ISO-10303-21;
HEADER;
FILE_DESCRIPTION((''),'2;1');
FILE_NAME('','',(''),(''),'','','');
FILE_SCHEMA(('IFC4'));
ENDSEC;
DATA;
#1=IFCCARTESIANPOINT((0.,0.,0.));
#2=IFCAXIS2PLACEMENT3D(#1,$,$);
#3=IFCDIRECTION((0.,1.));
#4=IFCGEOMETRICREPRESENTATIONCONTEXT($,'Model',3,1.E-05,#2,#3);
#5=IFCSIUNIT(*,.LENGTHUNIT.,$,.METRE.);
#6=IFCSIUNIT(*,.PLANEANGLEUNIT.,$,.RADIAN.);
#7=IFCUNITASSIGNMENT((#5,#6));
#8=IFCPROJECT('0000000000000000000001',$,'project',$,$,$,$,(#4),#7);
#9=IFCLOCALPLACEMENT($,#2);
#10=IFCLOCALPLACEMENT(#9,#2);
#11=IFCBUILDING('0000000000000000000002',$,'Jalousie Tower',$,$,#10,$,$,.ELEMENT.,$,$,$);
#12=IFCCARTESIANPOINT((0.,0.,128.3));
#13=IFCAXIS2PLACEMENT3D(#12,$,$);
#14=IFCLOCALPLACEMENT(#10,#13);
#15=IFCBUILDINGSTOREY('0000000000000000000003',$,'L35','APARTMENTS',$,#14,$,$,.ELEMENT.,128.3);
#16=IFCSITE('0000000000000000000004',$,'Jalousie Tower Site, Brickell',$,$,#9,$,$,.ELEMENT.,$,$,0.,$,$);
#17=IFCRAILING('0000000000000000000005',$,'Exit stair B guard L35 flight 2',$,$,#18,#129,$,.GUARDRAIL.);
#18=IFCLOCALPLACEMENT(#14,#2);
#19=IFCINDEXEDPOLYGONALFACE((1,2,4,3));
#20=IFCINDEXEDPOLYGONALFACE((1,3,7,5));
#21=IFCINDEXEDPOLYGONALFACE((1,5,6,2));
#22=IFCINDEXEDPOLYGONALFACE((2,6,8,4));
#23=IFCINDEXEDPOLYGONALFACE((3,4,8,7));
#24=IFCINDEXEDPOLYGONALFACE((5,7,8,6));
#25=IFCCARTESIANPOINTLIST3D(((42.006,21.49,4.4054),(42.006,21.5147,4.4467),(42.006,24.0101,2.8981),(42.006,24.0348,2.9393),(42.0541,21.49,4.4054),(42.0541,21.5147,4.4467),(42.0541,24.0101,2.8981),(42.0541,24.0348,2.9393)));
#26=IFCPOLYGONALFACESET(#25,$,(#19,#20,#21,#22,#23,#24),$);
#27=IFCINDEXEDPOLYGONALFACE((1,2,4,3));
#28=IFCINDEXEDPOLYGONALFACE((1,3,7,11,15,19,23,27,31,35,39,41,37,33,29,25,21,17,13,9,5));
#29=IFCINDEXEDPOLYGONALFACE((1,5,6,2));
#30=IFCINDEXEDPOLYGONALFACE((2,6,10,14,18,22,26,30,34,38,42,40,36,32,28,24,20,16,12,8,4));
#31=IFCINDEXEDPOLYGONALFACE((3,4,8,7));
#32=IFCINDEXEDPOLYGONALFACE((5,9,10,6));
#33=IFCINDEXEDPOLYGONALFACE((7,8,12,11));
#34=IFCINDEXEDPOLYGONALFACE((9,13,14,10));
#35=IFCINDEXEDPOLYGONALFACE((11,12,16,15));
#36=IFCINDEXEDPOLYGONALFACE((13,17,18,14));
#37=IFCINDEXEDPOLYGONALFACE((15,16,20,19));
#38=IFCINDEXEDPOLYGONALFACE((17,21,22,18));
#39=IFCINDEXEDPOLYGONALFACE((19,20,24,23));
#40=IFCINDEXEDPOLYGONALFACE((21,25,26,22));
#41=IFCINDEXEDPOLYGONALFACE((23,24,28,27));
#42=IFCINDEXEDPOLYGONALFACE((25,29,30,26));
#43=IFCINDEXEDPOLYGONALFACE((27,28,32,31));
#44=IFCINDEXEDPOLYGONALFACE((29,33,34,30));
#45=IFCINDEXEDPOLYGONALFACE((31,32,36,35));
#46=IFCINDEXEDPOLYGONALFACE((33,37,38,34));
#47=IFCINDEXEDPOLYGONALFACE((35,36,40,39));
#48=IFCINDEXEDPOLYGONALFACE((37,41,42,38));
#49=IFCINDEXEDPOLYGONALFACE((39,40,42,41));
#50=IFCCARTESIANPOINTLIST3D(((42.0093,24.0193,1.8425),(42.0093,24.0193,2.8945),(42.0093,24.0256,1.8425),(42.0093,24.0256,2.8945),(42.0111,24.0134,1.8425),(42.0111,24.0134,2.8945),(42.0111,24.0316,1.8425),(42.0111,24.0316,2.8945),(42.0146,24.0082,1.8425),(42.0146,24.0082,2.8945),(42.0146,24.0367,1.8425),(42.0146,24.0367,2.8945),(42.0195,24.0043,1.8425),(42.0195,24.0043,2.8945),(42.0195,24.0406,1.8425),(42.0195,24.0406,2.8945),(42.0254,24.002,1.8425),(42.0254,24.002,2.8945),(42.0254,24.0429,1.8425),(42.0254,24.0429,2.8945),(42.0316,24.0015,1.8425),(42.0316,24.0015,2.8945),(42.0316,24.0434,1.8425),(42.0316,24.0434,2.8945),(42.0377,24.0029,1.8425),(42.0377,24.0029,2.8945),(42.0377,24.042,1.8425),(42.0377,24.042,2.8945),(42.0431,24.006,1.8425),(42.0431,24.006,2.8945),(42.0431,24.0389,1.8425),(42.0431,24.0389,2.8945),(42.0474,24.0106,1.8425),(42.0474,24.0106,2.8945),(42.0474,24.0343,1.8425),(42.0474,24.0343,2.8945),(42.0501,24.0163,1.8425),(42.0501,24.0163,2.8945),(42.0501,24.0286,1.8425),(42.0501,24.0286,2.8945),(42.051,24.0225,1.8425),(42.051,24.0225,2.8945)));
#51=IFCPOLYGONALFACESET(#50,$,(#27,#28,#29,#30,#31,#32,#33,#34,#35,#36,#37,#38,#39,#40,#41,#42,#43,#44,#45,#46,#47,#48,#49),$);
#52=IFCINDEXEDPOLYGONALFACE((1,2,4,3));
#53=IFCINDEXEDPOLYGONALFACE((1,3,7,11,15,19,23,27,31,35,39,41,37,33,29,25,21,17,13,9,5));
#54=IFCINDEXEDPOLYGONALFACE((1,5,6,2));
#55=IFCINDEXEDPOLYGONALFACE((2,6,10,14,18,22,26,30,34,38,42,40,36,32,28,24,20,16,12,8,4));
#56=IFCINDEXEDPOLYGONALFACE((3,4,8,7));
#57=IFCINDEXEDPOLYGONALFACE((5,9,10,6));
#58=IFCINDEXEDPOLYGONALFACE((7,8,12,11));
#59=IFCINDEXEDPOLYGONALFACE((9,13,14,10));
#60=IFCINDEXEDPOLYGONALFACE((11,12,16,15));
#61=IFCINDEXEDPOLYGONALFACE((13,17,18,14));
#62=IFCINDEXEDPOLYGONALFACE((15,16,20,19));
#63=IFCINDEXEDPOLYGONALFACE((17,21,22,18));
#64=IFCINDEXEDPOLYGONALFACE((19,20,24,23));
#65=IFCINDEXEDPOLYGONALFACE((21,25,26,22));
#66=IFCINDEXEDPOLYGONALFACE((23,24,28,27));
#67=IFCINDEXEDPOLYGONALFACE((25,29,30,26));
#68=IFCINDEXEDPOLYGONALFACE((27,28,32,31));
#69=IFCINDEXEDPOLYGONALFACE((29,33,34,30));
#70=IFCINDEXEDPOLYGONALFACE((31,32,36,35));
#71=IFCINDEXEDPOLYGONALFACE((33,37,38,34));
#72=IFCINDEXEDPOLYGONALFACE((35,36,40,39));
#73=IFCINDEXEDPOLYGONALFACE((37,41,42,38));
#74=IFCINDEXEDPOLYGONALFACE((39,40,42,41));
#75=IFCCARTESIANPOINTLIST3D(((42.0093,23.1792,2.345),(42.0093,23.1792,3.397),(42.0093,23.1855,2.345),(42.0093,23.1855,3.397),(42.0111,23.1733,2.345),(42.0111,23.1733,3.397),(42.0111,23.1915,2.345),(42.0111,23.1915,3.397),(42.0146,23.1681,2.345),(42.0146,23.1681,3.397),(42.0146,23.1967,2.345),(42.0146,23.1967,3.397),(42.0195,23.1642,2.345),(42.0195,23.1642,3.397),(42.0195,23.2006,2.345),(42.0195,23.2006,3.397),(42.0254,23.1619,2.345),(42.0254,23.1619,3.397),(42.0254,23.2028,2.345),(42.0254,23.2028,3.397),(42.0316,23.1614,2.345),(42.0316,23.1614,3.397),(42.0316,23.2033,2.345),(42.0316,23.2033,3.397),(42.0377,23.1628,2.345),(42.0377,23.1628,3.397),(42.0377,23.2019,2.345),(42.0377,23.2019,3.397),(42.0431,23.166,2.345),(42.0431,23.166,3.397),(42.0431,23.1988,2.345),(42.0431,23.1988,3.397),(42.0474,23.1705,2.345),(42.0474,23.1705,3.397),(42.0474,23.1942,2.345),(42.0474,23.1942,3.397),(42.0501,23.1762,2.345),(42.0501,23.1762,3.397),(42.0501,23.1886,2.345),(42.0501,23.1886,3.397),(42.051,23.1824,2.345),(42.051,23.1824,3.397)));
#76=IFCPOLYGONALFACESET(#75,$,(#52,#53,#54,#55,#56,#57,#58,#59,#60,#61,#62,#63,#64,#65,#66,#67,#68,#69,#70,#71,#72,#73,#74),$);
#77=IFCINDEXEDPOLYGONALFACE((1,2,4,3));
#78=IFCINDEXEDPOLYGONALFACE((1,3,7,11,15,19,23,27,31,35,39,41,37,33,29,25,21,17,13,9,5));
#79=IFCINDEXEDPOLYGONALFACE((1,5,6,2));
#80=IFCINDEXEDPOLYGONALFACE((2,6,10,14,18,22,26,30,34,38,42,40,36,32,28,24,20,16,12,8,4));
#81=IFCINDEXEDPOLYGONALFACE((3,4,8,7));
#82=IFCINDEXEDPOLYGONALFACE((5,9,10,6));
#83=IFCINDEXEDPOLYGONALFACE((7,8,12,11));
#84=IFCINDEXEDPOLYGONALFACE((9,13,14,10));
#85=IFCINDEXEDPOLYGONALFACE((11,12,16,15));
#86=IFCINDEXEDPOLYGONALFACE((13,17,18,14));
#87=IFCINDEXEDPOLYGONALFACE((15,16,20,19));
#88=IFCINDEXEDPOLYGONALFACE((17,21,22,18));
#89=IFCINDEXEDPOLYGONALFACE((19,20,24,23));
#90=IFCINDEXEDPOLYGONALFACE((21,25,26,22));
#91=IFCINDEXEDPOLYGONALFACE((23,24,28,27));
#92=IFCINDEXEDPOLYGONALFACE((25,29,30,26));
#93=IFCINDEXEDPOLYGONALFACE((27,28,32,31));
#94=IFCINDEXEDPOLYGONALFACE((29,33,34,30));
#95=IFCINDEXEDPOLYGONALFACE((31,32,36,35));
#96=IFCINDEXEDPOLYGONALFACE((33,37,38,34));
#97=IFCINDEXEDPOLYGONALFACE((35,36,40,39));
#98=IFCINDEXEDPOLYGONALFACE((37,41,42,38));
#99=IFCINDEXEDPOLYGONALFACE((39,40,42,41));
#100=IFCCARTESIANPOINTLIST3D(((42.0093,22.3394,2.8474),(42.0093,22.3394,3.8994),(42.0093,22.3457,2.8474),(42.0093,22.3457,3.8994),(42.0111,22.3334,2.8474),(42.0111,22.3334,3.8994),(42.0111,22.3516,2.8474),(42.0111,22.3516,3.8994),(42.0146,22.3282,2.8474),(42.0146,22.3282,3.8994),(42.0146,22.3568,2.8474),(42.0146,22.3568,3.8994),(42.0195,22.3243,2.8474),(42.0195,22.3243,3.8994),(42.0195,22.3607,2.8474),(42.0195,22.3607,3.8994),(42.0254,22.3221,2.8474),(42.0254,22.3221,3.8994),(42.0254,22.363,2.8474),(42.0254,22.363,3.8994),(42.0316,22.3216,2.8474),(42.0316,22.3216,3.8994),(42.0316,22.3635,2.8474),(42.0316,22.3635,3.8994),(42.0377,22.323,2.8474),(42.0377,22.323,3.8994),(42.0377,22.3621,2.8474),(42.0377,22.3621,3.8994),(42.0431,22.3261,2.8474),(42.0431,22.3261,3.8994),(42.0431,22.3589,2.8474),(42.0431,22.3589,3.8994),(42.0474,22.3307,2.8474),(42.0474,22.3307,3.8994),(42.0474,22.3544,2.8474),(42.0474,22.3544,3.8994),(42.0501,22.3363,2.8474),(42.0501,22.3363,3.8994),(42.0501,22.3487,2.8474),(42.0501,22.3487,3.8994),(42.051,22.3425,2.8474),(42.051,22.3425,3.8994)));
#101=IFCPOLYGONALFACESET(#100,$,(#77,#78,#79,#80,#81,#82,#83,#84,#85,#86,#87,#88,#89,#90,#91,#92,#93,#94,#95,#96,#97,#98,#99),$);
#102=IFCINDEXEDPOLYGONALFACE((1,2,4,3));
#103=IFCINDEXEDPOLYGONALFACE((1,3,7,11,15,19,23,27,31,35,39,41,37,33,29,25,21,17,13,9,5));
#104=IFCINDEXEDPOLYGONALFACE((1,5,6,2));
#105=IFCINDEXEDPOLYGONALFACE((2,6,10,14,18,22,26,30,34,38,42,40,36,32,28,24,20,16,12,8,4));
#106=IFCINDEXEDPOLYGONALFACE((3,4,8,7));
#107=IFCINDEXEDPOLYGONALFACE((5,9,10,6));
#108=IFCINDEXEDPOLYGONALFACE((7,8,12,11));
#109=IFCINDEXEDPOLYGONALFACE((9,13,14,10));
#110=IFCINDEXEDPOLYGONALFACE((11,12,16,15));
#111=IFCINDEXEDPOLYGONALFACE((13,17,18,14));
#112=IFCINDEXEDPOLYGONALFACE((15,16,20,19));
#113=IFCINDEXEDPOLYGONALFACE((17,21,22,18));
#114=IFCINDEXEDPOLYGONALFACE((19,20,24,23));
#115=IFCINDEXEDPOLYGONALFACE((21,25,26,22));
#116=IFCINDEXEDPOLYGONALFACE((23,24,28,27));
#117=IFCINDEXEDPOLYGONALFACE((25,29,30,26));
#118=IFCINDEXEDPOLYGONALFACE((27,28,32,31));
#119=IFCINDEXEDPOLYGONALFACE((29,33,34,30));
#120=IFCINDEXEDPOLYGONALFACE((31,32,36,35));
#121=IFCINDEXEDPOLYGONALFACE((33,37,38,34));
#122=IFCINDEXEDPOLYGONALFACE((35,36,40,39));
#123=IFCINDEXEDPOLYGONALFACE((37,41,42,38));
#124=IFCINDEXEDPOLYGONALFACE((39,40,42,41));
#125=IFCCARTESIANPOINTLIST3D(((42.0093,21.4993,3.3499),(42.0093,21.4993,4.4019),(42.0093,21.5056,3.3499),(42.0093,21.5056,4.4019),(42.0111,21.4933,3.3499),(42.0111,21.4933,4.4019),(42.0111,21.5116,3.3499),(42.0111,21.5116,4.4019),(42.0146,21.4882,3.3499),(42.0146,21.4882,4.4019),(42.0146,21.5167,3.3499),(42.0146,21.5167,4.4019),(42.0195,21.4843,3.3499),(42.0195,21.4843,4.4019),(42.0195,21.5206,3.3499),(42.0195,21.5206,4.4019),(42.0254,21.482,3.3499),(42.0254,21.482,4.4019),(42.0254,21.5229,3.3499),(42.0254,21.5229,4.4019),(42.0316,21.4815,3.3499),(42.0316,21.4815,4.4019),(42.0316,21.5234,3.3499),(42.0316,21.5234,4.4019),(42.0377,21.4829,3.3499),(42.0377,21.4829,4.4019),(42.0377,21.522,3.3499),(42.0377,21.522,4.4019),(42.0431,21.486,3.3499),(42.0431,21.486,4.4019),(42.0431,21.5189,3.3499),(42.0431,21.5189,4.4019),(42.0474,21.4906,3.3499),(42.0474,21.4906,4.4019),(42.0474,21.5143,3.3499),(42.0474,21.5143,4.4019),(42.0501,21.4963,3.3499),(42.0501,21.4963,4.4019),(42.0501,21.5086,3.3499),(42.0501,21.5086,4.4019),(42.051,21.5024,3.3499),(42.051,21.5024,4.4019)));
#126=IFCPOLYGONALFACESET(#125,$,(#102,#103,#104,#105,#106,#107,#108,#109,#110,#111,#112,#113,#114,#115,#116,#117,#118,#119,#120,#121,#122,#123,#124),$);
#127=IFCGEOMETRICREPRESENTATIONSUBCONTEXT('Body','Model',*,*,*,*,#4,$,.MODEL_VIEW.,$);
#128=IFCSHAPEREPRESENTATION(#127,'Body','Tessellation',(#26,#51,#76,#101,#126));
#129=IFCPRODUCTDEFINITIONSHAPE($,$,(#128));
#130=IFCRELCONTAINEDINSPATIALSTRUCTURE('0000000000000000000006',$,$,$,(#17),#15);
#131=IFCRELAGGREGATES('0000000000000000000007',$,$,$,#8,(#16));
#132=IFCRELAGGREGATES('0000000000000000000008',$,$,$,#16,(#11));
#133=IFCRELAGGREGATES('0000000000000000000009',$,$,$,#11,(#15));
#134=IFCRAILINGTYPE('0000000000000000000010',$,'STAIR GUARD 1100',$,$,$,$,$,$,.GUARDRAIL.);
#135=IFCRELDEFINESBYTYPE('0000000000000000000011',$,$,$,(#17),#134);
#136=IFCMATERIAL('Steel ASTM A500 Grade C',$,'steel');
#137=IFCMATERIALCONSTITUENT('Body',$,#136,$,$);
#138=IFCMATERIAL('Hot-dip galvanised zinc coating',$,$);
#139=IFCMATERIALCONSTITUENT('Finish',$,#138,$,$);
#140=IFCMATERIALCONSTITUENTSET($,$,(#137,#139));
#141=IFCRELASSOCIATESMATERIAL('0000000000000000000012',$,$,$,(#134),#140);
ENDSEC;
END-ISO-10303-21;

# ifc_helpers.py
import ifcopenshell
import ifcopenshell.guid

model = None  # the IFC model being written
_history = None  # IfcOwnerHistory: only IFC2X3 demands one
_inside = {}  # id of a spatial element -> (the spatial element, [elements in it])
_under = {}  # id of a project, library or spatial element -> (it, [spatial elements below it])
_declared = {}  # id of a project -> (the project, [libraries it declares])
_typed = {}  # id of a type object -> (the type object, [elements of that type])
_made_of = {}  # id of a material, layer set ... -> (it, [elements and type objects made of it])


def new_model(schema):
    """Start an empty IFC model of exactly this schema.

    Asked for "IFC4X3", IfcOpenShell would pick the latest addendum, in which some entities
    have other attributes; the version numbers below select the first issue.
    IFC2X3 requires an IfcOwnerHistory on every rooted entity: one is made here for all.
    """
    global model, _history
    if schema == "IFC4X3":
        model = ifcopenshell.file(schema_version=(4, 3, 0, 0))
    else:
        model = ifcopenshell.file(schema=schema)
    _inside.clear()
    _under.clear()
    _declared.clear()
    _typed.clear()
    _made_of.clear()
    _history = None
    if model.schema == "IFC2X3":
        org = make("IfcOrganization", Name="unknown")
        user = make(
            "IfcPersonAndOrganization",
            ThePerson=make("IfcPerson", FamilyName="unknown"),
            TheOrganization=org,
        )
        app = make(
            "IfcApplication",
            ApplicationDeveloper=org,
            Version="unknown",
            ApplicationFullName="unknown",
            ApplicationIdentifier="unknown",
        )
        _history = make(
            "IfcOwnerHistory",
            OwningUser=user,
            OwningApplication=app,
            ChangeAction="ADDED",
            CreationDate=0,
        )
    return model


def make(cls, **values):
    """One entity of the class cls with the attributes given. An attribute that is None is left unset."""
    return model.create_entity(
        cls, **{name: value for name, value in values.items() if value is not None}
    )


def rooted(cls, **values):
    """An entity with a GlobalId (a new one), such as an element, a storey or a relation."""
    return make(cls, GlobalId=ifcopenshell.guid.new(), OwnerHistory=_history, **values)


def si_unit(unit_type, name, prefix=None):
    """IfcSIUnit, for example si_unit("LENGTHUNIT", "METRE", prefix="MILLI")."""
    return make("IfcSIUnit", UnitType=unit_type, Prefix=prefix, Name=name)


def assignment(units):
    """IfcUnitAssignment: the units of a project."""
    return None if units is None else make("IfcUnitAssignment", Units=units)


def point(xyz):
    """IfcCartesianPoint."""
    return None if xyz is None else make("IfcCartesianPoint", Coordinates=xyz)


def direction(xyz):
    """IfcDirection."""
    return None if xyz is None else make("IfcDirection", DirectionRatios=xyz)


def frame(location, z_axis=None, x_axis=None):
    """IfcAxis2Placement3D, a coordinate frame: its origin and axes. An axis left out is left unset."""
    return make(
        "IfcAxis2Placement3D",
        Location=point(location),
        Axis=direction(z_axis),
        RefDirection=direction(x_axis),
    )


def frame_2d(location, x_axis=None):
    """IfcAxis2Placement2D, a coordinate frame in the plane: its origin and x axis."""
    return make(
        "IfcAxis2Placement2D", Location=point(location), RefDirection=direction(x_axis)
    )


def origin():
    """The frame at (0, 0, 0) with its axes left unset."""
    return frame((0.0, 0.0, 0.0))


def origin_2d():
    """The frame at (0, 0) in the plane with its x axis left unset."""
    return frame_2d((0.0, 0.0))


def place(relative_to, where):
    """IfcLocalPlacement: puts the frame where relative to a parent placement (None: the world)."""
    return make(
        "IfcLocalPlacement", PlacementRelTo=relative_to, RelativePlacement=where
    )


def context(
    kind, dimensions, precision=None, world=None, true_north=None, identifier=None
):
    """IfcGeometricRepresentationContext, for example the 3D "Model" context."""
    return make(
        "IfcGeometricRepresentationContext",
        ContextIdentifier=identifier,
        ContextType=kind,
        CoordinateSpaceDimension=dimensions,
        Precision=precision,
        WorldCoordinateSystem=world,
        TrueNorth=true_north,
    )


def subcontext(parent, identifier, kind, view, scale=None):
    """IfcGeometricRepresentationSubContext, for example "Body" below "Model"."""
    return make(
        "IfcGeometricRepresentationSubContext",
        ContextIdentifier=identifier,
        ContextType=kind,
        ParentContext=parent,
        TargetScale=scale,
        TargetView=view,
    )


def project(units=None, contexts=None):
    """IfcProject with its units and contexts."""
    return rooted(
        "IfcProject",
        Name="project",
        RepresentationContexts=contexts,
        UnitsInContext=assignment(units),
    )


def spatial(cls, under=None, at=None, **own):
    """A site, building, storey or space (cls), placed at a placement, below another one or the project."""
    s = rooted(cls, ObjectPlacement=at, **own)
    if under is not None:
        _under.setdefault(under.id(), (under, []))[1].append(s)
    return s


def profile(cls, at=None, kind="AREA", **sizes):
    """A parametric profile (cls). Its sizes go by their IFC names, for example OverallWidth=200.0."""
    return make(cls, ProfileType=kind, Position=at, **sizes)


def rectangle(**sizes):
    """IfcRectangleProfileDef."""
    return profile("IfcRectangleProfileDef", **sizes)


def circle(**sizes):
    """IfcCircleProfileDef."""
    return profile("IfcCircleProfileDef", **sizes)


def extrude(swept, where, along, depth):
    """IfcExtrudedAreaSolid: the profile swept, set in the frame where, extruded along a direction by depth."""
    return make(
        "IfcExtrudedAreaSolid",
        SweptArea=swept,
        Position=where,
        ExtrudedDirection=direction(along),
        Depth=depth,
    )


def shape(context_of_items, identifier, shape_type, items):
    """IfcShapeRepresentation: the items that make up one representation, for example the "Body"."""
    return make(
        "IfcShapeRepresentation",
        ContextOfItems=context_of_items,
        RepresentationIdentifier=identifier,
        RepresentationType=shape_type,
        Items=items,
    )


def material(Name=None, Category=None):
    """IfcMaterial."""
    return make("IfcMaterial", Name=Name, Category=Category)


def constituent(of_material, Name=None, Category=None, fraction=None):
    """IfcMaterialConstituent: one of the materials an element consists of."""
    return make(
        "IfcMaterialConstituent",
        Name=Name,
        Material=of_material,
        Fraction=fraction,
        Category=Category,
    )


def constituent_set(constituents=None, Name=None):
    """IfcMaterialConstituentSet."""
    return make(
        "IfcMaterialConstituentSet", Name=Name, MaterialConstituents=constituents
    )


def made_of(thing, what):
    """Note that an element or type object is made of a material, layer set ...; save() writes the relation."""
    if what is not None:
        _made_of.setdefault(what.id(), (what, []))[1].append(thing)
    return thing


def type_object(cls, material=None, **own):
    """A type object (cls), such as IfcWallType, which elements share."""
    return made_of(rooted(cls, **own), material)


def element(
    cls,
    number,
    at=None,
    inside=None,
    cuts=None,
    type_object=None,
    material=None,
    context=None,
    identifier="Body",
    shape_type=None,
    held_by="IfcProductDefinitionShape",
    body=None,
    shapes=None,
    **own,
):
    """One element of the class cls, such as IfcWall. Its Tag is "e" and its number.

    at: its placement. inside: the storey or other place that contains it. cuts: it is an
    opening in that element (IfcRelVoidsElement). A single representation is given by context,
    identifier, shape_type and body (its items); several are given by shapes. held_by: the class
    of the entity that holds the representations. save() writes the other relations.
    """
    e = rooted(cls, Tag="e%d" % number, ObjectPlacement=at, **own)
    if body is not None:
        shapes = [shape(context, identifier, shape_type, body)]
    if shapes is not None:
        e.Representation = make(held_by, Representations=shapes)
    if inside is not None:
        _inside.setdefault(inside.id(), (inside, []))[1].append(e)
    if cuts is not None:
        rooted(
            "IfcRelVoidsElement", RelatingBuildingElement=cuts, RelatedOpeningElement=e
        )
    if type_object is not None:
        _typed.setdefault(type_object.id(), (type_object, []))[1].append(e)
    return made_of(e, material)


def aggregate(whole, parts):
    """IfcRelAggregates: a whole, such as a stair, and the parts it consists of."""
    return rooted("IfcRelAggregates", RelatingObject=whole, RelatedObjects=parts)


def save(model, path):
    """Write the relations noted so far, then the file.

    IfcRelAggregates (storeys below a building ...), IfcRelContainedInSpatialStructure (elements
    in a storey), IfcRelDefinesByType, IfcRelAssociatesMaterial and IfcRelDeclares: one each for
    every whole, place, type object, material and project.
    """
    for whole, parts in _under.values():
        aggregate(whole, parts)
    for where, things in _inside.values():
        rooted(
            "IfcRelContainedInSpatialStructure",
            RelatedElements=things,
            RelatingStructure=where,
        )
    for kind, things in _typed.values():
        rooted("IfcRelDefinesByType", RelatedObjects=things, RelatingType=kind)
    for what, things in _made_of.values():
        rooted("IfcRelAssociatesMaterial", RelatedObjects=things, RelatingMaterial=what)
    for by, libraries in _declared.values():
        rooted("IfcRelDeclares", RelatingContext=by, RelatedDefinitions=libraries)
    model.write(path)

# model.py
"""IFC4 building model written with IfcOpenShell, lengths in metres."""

from ifc_helpers import new_model, si_unit, direction, frame, origin, origin_2d, place, context, subcontext, project, spatial, rectangle, circle, extrude, material, constituent, constituent_set, type_object, element, save


model = new_model("IFC4")

# Units and contexts
model_context = context("Model", 3, precision=1e-05, world=origin(), true_north=direction((0.0, 1.0)))
body_context = subcontext(model_context, "Body", "Model", "MODEL_VIEW")
ifc_project = project(units=[si_unit("LENGTHUNIT", "METRE"), si_unit("PLANEANGLEUNIT", "RADIAN")], contexts=[model_context])

# Site, building, storey
site_placement = place(None, origin())
site = spatial("IfcSite", under=ifc_project, at=site_placement, Name="Jalousie Tower Site, Brickell", CompositionType="ELEMENT", RefElevation=0.0)
building_placement = place(site_placement, origin())
building = spatial("IfcBuilding", under=site, at=building_placement, Name="Jalousie Tower", CompositionType="ELEMENT")
storey_placement = place(building_placement, frame((0.0, 0.0, 128.3)))
storey = spatial("IfcBuildingStorey", under=building, at=storey_placement, Name="L35", Description="APARTMENTS", CompositionType="ELEMENT", Elevation=128.3)

# Railing
ifc_material_1 = material(Name="Steel ASTM A500 Grade C", Category="steel")
ifc_constituent_1 = constituent(ifc_material_1, Name="Body")
ifc_material_2 = material(Name="Hot-dip galvanised zinc coating")
ifc_constituent_2 = constituent(ifc_material_2, Name="Finish")
ifc_constituent_set_1 = constituent_set(constituents=[ifc_constituent_1, ifc_constituent_2])
railing_type_1 = type_object("IfcRailingType", Name="STAIR GUARD 1100", PredefinedType="GUARDRAIL", material=ifc_constituent_set_1)
railing_1_placement = place(storey_placement, frame((42.03, 24.0225, 1.8425)))
element("IfcRailing", 1, at=railing_1_placement, inside=storey, type_object=railing_type_1, Name="Exit stair B guard L35 flight 2", PredefinedType="GUARDRAIL", context=body_context, shape_type="SweptSolid", body=[
    extrude(rectangle(XDim=0.0481, YDim=0.0481, at=origin_2d()), frame((0.0, 0.0, 1.0762), z_axis=(0.0, -0.858196, 0.513321), x_axis=(1.0, 0.0, 0.0)), (0.0, 0.0, 1.0), 2.9365),
    extrude(circle(Radius=0.021, at=origin_2d()), origin(), (0.0, 0.0, 1.0), 1.052),
    extrude(circle(Radius=0.021, at=origin_2d()), frame((0.0, -0.8401, 0.5024)), (0.0, 0.0, 1.0), 1.052),
    extrude(circle(Radius=0.021, at=origin_2d()), frame((0.0, -1.6799, 1.0049)), (0.0, 0.0, 1.0), 1.052),
    extrude(circle(Radius=0.021, at=origin_2d()), frame((0.0, -2.52, 1.5073)), (0.0, 0.0, 1.0), 1.052),
])

save(model, "model.ifc")
